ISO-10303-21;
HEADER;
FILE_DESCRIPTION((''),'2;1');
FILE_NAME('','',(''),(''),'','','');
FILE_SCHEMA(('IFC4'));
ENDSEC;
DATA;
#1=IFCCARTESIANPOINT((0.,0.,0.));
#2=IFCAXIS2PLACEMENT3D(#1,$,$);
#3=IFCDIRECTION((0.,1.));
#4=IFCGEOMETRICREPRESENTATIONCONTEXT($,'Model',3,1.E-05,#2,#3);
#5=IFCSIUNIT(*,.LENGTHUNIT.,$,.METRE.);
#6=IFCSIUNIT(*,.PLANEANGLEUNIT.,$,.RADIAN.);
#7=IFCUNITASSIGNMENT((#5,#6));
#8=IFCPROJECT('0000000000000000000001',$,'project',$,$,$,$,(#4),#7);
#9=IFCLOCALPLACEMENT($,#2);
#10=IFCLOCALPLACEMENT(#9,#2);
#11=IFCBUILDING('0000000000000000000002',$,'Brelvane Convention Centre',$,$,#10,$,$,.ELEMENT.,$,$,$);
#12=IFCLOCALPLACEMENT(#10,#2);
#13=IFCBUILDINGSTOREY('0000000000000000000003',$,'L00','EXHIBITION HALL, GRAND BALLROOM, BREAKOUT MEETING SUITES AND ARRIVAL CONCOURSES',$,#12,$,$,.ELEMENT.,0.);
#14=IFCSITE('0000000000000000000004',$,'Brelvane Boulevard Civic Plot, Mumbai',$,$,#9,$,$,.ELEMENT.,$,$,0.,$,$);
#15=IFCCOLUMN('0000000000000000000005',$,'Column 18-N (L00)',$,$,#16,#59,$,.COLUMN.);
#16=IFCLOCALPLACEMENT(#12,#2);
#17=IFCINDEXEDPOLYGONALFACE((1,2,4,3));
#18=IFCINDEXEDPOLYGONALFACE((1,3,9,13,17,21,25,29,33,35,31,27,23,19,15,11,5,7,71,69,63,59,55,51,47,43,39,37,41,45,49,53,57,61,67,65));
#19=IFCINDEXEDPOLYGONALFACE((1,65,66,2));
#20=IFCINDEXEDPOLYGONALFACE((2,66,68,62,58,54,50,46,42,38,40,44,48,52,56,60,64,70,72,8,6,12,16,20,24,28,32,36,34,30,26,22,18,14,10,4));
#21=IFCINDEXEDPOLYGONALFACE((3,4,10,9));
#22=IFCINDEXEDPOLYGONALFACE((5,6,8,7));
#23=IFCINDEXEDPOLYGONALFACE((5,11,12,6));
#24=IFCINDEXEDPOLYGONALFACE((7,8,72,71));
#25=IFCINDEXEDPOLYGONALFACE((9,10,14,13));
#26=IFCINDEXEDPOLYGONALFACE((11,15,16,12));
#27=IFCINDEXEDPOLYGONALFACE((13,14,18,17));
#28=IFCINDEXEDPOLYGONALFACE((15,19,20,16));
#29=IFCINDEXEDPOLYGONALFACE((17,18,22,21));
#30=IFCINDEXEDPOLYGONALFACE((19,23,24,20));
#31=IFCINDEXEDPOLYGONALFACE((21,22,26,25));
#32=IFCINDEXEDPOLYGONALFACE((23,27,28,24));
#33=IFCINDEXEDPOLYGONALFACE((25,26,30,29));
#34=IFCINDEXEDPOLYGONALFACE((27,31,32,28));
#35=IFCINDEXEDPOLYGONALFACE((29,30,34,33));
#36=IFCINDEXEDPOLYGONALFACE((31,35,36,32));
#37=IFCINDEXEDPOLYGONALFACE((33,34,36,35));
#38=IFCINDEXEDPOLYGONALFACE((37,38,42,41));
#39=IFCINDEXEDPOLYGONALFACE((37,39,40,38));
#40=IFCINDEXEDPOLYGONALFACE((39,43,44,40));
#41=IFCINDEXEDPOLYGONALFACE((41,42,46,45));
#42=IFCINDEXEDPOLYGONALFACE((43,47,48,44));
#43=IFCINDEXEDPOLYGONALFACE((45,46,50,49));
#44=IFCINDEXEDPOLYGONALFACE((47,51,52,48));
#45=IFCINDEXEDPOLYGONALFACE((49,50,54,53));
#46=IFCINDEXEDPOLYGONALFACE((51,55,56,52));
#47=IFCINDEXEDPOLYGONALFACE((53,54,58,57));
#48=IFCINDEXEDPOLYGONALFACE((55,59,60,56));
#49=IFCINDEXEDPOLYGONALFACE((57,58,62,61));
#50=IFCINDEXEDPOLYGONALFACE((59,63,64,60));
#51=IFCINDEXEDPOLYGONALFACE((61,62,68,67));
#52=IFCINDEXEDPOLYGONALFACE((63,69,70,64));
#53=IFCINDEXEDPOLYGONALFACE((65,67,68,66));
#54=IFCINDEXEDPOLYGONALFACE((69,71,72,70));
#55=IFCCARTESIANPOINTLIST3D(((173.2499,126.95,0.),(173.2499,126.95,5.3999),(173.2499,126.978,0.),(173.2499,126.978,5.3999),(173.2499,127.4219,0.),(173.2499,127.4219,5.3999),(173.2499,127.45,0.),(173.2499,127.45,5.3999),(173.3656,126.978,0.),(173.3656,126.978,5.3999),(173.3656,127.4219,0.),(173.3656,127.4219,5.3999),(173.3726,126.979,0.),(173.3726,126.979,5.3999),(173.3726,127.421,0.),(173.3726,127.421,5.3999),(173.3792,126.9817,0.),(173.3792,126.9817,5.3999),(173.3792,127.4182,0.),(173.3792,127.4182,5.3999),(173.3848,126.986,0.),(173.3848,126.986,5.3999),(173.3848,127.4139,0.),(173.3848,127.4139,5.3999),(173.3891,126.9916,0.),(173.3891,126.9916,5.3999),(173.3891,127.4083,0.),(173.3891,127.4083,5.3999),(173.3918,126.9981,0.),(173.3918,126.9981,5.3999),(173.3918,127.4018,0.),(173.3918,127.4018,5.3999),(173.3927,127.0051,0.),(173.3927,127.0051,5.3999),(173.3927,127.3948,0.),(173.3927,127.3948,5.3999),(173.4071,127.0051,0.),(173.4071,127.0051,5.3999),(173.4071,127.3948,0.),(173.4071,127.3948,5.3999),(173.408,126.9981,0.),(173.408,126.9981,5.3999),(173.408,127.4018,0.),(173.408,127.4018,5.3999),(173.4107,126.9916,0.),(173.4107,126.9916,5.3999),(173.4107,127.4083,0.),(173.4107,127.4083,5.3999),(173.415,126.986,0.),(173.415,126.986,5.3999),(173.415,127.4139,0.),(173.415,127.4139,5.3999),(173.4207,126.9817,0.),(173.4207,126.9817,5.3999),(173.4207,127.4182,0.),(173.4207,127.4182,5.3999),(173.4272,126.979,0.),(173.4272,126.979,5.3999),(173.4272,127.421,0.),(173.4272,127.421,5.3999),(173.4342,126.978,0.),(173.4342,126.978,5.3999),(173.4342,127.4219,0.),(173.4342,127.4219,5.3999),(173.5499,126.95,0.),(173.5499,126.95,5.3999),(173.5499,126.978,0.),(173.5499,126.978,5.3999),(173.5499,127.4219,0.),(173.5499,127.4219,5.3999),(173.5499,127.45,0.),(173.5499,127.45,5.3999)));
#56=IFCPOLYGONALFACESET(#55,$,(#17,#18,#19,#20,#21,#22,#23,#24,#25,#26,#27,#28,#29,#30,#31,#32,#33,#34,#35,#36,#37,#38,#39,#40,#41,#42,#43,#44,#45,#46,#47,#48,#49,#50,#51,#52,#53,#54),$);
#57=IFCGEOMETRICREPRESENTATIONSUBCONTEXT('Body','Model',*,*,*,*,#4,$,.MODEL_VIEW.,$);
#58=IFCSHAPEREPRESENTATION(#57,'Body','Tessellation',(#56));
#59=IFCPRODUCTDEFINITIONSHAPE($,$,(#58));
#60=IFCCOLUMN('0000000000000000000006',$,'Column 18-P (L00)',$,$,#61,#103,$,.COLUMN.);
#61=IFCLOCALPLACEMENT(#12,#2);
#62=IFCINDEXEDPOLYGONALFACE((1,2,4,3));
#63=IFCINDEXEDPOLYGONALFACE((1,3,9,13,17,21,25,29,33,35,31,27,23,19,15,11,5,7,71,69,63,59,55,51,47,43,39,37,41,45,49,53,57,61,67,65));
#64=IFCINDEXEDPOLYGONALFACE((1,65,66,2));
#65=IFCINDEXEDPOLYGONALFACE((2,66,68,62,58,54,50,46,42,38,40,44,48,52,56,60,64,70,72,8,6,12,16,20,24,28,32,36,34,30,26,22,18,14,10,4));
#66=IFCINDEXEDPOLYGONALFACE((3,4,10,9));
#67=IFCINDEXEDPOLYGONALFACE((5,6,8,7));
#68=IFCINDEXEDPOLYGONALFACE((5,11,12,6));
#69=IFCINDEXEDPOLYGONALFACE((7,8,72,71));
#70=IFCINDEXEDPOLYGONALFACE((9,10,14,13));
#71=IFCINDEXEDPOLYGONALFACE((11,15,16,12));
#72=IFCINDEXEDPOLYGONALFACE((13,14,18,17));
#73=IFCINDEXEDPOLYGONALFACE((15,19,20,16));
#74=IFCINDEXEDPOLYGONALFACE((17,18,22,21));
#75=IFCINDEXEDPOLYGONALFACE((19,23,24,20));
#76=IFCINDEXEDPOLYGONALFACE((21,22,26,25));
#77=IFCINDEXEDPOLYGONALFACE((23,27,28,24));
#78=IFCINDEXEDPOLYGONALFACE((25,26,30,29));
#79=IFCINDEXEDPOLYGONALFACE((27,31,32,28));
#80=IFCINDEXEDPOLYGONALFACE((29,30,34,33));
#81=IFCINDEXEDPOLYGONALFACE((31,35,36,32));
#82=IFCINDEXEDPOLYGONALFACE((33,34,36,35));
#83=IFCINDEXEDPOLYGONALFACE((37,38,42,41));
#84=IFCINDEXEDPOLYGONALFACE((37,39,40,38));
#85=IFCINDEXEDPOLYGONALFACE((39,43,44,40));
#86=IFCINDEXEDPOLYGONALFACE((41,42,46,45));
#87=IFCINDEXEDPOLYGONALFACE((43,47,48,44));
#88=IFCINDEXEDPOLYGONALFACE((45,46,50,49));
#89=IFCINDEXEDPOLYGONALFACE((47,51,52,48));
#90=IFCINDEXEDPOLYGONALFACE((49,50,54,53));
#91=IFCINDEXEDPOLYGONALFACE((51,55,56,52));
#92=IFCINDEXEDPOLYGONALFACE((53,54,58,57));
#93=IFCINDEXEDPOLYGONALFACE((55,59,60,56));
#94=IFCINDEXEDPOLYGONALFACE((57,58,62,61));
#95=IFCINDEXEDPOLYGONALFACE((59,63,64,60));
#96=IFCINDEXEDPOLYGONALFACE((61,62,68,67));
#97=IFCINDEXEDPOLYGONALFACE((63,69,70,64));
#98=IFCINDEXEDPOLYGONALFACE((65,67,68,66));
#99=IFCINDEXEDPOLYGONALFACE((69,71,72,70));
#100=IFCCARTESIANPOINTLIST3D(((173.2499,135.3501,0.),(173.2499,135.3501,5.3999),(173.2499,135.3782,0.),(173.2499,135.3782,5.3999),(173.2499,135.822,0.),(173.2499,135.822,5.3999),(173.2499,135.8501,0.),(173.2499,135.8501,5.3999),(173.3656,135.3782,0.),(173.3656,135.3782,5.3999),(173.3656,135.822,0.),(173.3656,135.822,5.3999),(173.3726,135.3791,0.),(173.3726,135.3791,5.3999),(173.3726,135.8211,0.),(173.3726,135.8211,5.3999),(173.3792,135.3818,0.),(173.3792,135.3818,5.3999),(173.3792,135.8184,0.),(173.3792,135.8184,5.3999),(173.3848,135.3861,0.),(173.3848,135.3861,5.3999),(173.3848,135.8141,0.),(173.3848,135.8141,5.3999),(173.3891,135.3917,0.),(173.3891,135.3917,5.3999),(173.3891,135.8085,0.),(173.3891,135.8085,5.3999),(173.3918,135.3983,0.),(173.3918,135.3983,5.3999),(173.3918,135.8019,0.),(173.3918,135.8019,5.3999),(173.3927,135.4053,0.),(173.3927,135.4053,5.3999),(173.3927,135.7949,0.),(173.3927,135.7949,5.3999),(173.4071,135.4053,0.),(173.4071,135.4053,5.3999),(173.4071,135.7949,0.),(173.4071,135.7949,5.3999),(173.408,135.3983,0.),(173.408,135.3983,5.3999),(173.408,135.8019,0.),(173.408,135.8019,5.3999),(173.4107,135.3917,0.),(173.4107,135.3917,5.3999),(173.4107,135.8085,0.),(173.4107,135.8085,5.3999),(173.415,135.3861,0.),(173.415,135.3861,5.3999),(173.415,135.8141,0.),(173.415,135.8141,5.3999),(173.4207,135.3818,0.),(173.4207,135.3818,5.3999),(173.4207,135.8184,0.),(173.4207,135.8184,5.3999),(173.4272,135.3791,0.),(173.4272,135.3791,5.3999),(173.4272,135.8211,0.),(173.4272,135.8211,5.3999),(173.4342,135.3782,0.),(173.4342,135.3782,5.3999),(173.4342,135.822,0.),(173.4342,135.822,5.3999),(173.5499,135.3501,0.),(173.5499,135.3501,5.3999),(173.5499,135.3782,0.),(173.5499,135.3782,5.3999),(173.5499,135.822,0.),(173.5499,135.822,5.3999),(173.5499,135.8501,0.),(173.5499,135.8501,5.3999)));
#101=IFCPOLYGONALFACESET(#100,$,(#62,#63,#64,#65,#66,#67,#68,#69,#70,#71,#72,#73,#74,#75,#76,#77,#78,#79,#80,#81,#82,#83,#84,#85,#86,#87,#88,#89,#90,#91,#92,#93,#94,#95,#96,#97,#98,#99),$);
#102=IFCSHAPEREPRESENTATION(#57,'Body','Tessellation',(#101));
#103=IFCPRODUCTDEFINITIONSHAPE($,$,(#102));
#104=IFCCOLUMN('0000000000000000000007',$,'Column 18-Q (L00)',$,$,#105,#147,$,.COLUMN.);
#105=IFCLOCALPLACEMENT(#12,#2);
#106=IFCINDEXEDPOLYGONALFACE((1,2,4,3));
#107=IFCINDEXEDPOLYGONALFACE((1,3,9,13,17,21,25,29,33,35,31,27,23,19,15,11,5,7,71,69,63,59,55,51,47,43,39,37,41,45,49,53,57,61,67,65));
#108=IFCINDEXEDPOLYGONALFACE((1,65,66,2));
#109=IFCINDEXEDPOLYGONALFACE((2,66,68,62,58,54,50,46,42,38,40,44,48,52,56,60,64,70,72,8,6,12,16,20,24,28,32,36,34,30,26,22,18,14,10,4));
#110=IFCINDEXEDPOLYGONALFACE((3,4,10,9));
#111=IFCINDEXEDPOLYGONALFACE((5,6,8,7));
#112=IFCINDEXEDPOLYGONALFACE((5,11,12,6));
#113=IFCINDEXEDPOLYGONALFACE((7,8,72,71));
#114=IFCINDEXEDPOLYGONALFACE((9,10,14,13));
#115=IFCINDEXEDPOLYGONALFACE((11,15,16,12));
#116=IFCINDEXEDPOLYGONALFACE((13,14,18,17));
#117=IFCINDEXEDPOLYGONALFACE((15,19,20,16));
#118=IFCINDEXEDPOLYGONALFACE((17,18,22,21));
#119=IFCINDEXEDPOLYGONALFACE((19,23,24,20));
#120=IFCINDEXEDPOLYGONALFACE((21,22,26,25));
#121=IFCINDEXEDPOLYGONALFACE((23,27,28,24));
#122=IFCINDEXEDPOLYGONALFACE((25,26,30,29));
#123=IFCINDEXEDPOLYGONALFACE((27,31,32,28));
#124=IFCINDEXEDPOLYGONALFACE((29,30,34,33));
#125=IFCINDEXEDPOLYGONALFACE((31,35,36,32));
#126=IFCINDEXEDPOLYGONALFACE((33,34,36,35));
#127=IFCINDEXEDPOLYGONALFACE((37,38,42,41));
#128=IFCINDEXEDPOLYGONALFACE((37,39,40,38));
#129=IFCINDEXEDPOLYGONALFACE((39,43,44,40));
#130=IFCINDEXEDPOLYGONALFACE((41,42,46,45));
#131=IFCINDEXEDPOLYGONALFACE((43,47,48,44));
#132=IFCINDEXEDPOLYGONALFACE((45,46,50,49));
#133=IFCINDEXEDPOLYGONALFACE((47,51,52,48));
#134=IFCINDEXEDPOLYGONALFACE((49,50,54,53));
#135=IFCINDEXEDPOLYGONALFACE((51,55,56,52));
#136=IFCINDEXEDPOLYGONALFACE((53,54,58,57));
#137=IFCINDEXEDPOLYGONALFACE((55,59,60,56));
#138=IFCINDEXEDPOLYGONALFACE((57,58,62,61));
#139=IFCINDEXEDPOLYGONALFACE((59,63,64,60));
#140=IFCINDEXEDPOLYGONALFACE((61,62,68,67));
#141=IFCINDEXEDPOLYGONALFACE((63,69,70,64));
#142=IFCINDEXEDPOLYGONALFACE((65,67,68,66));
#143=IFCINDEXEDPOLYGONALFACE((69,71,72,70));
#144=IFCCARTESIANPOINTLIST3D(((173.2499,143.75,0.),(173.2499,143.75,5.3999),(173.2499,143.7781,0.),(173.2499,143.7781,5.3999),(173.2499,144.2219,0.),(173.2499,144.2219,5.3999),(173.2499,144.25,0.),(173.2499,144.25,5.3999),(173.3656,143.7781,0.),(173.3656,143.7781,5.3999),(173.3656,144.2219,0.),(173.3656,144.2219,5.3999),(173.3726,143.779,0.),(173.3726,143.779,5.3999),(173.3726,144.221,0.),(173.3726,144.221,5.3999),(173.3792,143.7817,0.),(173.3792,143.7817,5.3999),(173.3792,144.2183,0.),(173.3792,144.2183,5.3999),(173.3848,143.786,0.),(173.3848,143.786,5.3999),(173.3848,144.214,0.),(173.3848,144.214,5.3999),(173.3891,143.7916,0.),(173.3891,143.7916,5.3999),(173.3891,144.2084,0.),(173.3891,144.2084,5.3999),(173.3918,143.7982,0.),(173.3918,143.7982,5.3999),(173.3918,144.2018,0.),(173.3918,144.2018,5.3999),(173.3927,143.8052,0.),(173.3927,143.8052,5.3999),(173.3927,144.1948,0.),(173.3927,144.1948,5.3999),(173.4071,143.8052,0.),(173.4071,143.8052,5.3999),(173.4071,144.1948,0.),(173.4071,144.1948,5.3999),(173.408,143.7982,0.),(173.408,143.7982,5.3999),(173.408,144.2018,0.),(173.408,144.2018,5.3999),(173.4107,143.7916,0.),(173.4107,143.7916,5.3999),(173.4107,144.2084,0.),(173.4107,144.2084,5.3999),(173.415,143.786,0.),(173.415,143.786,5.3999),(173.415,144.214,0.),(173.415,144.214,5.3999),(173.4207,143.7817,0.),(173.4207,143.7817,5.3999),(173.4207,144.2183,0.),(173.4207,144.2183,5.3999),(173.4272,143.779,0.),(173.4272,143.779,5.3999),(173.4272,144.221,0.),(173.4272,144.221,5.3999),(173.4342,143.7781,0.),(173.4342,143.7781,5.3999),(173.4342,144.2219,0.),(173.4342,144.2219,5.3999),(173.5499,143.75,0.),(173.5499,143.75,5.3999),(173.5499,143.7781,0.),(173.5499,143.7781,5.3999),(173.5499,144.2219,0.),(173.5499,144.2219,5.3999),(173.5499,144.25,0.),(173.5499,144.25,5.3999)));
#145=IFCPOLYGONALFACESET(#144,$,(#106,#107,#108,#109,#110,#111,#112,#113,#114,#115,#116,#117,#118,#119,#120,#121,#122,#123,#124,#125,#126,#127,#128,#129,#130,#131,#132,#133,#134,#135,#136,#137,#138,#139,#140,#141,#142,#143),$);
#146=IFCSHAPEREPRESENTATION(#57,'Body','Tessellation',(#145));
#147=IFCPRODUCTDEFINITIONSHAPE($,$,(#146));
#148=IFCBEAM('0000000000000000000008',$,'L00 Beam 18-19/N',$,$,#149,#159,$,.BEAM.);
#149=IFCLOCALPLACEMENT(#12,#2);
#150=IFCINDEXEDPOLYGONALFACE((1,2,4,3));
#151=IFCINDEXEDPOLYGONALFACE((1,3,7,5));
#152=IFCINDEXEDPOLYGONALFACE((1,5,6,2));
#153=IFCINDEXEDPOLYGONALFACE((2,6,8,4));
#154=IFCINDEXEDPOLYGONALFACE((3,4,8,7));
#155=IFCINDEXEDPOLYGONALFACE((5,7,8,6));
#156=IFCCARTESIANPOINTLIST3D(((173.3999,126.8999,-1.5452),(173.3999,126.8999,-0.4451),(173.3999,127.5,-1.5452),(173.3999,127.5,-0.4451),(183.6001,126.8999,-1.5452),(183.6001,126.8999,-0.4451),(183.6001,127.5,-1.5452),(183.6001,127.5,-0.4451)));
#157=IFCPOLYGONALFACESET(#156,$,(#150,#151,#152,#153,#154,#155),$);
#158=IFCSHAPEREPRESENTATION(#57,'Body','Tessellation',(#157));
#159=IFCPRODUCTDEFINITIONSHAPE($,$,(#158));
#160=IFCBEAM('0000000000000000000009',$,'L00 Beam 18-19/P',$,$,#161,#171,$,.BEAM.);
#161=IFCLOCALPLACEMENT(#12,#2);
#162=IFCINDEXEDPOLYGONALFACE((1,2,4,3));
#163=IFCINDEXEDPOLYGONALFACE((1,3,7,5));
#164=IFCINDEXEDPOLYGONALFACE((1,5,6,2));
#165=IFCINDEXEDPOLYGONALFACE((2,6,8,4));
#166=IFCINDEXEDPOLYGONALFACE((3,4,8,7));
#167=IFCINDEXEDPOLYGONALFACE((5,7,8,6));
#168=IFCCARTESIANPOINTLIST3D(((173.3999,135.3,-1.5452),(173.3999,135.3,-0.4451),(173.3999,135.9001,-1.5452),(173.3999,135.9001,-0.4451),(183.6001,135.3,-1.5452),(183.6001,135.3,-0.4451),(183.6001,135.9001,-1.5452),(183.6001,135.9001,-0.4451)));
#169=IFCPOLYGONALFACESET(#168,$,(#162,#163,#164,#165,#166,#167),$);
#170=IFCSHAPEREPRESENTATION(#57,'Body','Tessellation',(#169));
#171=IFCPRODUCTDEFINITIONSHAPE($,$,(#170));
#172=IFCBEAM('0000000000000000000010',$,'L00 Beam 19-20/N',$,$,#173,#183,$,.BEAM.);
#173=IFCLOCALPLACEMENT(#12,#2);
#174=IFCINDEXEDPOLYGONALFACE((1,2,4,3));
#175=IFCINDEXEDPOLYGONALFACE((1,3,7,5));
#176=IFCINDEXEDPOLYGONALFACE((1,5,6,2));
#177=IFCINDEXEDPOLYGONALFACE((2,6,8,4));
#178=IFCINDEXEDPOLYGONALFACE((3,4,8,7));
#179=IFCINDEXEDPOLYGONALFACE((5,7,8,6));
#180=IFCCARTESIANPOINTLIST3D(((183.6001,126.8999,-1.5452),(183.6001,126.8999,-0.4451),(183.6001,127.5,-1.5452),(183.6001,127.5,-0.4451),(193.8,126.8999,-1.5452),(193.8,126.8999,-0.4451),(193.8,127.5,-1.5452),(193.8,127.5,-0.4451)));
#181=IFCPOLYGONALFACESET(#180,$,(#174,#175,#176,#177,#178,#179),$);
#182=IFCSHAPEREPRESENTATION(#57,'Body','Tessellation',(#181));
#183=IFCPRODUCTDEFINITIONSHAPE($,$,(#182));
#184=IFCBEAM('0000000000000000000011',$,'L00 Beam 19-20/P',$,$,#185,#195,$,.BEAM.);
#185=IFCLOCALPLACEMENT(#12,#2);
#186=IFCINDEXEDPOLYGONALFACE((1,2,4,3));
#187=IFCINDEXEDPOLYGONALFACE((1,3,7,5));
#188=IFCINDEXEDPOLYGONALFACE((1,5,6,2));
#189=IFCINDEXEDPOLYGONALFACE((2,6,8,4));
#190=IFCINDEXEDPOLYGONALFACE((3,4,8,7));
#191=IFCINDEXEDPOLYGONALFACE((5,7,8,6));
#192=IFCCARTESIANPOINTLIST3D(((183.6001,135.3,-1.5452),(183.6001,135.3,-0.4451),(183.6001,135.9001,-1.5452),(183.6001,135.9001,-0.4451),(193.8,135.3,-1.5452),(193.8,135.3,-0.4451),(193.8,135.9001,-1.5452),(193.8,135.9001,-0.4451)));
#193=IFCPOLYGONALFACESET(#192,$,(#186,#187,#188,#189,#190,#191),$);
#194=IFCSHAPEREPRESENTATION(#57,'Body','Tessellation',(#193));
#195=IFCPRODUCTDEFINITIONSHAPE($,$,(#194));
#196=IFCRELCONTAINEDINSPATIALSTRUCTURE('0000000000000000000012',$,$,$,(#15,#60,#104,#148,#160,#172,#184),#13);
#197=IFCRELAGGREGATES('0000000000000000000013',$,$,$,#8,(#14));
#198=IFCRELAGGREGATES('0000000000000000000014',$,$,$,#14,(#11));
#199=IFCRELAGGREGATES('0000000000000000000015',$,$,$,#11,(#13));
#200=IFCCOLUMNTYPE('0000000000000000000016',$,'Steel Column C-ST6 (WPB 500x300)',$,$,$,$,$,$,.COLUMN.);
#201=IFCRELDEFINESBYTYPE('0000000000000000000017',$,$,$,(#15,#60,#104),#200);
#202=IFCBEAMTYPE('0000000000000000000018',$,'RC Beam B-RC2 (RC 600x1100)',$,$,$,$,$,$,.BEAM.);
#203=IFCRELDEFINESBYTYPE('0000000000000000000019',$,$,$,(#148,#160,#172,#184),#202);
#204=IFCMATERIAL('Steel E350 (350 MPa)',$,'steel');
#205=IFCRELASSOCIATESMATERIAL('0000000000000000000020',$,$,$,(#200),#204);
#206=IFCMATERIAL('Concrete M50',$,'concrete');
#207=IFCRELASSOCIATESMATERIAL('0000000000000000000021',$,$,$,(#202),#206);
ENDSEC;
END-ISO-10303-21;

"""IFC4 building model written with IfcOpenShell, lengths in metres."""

from ifc_helpers import new_model, si_unit, direction, frame, origin, origin_2d, place, context, subcontext, project, spatial, rectangle, i_section, extrude, material, material_profile, profile_set, type_object, element, save


model = new_model("IFC4")

# Units and contexts
model_context = context("Model", 3, precision=1e-05, world=origin(), true_north=direction((0.0, 1.0)))
body_context = subcontext(model_context, "Body", "Model", "MODEL_VIEW")
ifc_project = project(units=[si_unit("LENGTHUNIT", "METRE"), si_unit("PLANEANGLEUNIT", "RADIAN")], contexts=[model_context])

# Site, building, storey
site_placement = place(None, origin())
site = spatial("IfcSite", under=ifc_project, at=site_placement, Name="Brelvane Boulevard Civic Plot, Mumbai", CompositionType="ELEMENT", RefElevation=0.0)
building_placement = place(site_placement, origin())
building = spatial("IfcBuilding", under=site, at=building_placement, Name="Brelvane Convention Centre", CompositionType="ELEMENT")
storey_placement = place(building_placement, origin())
storey = spatial("IfcBuildingStorey", under=building, at=storey_placement, Name="L00", Description="EXHIBITION HALL, GRAND BALLROOM, BREAKOUT MEETING SUITES AND ARRIVAL CONCOURSES", CompositionType="ELEMENT", Elevation=0.0)

# Columns
ifc_material_1 = material(Name="Steel E350 (350 MPa)", Category="steel")
ifc_material_profile_1 = material_profile(ifc_material_1, i_section(OverallWidth=0.3, OverallDepth=0.5, WebThickness=0.0144, FlangeThickness=0.0281, FilletRadius=0.0271, at=origin_2d()), Name="WPB 500x300")
ifc_profile_set_1 = profile_set([ifc_material_profile_1], Name="Steel E350 (350 MPa)")
column_type = type_object("IfcColumnType", Name="Steel Column C-ST6 (WPB 500x300)", PredefinedType="COLUMN", material=ifc_profile_set_1)
for number, where, z_axis, x_axis, name in (
    (1, (173.3999, 127.2, 0.0), (0.0, 0.0, 1.0), (1.0, 0.0, 0.0), "Column 18-N (L00)"),
    (2, (173.3999, 135.6001, 0.0), (0.0, 0.0, 1.0), (1.0, 0.0, 0.0), "Column 18-P (L00)"),
    (3, (173.3999, 144.0, 0.0), (0.0, 0.0, 1.0), (1.0, 0.0, 0.0), "Column 18-Q (L00)"),
):
    element("IfcColumn", number, at=place(storey_placement, frame(where, z_axis=z_axis, x_axis=x_axis)), inside=storey, type_object=column_type, Name=name, PredefinedType="COLUMN", context=body_context, shape_type="SweptSolid", body=[
        extrude(i_section(OverallWidth=0.3, OverallDepth=0.5, WebThickness=0.0144, FlangeThickness=0.0281, FilletRadius=0.0271, at=origin_2d()), origin(), (0.0, 0.0, 1.0), 5.3999),
    ])

# Beams
ifc_material_2 = material(Name="Concrete M50", Category="concrete")
ifc_material_profile_2 = material_profile(ifc_material_2, rectangle(XDim=0.6001, YDim=1.1001, at=origin_2d()), Name="RC 600x1100")
ifc_profile_set_2 = profile_set([ifc_material_profile_2], Name="Concrete M50")
beam_type_1 = type_object("IfcBeamType", Name="RC Beam B-RC2 (RC 600x1100)", PredefinedType="BEAM", material=ifc_profile_set_2)
for number, where, z_axis, x_axis, name in (
    (4, (173.3999, 127.2, -0.9951), (1.0, 0.0, 0.0), (0.0, 1.0, 0.0), "L00 Beam 18-19/N"),
    (5, (173.3999, 135.6001, -0.9951), (1.0, 0.0, 0.0), (0.0, 1.0, 0.0), "L00 Beam 18-19/P"),
):
    element("IfcBeam", number, at=place(storey_placement, frame(where, z_axis=z_axis, x_axis=x_axis)), inside=storey, type_object=beam_type_1, Name=name, PredefinedType="BEAM", context=body_context, shape_type="SweptSolid", body=[
        extrude(rectangle(XDim=0.6001, YDim=1.1001, at=origin_2d()), origin(), (0.0, 0.0, 1.0), 10.2002),
    ])
for number, where, z_axis, x_axis, name in (
    (6, (183.6001, 127.2, -0.9951), (1.0, 0.0, 0.0), (0.0, 1.0, 0.0), "L00 Beam 19-20/N"),
    (7, (183.6001, 135.6001, -0.9951), (1.0, 0.0, 0.0), (0.0, 1.0, 0.0), "L00 Beam 19-20/P"),
):
    element("IfcBeam", number, at=place(storey_placement, frame(where, z_axis=z_axis, x_axis=x_axis)), inside=storey, type_object=beam_type_1, Name=name, PredefinedType="BEAM", context=body_context, shape_type="SweptSolid", body=[
        extrude(rectangle(XDim=0.6001, YDim=1.1001, at=origin_2d()), origin(), (0.0, 0.0, 1.0), 10.2),
    ])

save(model, "model.ifc")
